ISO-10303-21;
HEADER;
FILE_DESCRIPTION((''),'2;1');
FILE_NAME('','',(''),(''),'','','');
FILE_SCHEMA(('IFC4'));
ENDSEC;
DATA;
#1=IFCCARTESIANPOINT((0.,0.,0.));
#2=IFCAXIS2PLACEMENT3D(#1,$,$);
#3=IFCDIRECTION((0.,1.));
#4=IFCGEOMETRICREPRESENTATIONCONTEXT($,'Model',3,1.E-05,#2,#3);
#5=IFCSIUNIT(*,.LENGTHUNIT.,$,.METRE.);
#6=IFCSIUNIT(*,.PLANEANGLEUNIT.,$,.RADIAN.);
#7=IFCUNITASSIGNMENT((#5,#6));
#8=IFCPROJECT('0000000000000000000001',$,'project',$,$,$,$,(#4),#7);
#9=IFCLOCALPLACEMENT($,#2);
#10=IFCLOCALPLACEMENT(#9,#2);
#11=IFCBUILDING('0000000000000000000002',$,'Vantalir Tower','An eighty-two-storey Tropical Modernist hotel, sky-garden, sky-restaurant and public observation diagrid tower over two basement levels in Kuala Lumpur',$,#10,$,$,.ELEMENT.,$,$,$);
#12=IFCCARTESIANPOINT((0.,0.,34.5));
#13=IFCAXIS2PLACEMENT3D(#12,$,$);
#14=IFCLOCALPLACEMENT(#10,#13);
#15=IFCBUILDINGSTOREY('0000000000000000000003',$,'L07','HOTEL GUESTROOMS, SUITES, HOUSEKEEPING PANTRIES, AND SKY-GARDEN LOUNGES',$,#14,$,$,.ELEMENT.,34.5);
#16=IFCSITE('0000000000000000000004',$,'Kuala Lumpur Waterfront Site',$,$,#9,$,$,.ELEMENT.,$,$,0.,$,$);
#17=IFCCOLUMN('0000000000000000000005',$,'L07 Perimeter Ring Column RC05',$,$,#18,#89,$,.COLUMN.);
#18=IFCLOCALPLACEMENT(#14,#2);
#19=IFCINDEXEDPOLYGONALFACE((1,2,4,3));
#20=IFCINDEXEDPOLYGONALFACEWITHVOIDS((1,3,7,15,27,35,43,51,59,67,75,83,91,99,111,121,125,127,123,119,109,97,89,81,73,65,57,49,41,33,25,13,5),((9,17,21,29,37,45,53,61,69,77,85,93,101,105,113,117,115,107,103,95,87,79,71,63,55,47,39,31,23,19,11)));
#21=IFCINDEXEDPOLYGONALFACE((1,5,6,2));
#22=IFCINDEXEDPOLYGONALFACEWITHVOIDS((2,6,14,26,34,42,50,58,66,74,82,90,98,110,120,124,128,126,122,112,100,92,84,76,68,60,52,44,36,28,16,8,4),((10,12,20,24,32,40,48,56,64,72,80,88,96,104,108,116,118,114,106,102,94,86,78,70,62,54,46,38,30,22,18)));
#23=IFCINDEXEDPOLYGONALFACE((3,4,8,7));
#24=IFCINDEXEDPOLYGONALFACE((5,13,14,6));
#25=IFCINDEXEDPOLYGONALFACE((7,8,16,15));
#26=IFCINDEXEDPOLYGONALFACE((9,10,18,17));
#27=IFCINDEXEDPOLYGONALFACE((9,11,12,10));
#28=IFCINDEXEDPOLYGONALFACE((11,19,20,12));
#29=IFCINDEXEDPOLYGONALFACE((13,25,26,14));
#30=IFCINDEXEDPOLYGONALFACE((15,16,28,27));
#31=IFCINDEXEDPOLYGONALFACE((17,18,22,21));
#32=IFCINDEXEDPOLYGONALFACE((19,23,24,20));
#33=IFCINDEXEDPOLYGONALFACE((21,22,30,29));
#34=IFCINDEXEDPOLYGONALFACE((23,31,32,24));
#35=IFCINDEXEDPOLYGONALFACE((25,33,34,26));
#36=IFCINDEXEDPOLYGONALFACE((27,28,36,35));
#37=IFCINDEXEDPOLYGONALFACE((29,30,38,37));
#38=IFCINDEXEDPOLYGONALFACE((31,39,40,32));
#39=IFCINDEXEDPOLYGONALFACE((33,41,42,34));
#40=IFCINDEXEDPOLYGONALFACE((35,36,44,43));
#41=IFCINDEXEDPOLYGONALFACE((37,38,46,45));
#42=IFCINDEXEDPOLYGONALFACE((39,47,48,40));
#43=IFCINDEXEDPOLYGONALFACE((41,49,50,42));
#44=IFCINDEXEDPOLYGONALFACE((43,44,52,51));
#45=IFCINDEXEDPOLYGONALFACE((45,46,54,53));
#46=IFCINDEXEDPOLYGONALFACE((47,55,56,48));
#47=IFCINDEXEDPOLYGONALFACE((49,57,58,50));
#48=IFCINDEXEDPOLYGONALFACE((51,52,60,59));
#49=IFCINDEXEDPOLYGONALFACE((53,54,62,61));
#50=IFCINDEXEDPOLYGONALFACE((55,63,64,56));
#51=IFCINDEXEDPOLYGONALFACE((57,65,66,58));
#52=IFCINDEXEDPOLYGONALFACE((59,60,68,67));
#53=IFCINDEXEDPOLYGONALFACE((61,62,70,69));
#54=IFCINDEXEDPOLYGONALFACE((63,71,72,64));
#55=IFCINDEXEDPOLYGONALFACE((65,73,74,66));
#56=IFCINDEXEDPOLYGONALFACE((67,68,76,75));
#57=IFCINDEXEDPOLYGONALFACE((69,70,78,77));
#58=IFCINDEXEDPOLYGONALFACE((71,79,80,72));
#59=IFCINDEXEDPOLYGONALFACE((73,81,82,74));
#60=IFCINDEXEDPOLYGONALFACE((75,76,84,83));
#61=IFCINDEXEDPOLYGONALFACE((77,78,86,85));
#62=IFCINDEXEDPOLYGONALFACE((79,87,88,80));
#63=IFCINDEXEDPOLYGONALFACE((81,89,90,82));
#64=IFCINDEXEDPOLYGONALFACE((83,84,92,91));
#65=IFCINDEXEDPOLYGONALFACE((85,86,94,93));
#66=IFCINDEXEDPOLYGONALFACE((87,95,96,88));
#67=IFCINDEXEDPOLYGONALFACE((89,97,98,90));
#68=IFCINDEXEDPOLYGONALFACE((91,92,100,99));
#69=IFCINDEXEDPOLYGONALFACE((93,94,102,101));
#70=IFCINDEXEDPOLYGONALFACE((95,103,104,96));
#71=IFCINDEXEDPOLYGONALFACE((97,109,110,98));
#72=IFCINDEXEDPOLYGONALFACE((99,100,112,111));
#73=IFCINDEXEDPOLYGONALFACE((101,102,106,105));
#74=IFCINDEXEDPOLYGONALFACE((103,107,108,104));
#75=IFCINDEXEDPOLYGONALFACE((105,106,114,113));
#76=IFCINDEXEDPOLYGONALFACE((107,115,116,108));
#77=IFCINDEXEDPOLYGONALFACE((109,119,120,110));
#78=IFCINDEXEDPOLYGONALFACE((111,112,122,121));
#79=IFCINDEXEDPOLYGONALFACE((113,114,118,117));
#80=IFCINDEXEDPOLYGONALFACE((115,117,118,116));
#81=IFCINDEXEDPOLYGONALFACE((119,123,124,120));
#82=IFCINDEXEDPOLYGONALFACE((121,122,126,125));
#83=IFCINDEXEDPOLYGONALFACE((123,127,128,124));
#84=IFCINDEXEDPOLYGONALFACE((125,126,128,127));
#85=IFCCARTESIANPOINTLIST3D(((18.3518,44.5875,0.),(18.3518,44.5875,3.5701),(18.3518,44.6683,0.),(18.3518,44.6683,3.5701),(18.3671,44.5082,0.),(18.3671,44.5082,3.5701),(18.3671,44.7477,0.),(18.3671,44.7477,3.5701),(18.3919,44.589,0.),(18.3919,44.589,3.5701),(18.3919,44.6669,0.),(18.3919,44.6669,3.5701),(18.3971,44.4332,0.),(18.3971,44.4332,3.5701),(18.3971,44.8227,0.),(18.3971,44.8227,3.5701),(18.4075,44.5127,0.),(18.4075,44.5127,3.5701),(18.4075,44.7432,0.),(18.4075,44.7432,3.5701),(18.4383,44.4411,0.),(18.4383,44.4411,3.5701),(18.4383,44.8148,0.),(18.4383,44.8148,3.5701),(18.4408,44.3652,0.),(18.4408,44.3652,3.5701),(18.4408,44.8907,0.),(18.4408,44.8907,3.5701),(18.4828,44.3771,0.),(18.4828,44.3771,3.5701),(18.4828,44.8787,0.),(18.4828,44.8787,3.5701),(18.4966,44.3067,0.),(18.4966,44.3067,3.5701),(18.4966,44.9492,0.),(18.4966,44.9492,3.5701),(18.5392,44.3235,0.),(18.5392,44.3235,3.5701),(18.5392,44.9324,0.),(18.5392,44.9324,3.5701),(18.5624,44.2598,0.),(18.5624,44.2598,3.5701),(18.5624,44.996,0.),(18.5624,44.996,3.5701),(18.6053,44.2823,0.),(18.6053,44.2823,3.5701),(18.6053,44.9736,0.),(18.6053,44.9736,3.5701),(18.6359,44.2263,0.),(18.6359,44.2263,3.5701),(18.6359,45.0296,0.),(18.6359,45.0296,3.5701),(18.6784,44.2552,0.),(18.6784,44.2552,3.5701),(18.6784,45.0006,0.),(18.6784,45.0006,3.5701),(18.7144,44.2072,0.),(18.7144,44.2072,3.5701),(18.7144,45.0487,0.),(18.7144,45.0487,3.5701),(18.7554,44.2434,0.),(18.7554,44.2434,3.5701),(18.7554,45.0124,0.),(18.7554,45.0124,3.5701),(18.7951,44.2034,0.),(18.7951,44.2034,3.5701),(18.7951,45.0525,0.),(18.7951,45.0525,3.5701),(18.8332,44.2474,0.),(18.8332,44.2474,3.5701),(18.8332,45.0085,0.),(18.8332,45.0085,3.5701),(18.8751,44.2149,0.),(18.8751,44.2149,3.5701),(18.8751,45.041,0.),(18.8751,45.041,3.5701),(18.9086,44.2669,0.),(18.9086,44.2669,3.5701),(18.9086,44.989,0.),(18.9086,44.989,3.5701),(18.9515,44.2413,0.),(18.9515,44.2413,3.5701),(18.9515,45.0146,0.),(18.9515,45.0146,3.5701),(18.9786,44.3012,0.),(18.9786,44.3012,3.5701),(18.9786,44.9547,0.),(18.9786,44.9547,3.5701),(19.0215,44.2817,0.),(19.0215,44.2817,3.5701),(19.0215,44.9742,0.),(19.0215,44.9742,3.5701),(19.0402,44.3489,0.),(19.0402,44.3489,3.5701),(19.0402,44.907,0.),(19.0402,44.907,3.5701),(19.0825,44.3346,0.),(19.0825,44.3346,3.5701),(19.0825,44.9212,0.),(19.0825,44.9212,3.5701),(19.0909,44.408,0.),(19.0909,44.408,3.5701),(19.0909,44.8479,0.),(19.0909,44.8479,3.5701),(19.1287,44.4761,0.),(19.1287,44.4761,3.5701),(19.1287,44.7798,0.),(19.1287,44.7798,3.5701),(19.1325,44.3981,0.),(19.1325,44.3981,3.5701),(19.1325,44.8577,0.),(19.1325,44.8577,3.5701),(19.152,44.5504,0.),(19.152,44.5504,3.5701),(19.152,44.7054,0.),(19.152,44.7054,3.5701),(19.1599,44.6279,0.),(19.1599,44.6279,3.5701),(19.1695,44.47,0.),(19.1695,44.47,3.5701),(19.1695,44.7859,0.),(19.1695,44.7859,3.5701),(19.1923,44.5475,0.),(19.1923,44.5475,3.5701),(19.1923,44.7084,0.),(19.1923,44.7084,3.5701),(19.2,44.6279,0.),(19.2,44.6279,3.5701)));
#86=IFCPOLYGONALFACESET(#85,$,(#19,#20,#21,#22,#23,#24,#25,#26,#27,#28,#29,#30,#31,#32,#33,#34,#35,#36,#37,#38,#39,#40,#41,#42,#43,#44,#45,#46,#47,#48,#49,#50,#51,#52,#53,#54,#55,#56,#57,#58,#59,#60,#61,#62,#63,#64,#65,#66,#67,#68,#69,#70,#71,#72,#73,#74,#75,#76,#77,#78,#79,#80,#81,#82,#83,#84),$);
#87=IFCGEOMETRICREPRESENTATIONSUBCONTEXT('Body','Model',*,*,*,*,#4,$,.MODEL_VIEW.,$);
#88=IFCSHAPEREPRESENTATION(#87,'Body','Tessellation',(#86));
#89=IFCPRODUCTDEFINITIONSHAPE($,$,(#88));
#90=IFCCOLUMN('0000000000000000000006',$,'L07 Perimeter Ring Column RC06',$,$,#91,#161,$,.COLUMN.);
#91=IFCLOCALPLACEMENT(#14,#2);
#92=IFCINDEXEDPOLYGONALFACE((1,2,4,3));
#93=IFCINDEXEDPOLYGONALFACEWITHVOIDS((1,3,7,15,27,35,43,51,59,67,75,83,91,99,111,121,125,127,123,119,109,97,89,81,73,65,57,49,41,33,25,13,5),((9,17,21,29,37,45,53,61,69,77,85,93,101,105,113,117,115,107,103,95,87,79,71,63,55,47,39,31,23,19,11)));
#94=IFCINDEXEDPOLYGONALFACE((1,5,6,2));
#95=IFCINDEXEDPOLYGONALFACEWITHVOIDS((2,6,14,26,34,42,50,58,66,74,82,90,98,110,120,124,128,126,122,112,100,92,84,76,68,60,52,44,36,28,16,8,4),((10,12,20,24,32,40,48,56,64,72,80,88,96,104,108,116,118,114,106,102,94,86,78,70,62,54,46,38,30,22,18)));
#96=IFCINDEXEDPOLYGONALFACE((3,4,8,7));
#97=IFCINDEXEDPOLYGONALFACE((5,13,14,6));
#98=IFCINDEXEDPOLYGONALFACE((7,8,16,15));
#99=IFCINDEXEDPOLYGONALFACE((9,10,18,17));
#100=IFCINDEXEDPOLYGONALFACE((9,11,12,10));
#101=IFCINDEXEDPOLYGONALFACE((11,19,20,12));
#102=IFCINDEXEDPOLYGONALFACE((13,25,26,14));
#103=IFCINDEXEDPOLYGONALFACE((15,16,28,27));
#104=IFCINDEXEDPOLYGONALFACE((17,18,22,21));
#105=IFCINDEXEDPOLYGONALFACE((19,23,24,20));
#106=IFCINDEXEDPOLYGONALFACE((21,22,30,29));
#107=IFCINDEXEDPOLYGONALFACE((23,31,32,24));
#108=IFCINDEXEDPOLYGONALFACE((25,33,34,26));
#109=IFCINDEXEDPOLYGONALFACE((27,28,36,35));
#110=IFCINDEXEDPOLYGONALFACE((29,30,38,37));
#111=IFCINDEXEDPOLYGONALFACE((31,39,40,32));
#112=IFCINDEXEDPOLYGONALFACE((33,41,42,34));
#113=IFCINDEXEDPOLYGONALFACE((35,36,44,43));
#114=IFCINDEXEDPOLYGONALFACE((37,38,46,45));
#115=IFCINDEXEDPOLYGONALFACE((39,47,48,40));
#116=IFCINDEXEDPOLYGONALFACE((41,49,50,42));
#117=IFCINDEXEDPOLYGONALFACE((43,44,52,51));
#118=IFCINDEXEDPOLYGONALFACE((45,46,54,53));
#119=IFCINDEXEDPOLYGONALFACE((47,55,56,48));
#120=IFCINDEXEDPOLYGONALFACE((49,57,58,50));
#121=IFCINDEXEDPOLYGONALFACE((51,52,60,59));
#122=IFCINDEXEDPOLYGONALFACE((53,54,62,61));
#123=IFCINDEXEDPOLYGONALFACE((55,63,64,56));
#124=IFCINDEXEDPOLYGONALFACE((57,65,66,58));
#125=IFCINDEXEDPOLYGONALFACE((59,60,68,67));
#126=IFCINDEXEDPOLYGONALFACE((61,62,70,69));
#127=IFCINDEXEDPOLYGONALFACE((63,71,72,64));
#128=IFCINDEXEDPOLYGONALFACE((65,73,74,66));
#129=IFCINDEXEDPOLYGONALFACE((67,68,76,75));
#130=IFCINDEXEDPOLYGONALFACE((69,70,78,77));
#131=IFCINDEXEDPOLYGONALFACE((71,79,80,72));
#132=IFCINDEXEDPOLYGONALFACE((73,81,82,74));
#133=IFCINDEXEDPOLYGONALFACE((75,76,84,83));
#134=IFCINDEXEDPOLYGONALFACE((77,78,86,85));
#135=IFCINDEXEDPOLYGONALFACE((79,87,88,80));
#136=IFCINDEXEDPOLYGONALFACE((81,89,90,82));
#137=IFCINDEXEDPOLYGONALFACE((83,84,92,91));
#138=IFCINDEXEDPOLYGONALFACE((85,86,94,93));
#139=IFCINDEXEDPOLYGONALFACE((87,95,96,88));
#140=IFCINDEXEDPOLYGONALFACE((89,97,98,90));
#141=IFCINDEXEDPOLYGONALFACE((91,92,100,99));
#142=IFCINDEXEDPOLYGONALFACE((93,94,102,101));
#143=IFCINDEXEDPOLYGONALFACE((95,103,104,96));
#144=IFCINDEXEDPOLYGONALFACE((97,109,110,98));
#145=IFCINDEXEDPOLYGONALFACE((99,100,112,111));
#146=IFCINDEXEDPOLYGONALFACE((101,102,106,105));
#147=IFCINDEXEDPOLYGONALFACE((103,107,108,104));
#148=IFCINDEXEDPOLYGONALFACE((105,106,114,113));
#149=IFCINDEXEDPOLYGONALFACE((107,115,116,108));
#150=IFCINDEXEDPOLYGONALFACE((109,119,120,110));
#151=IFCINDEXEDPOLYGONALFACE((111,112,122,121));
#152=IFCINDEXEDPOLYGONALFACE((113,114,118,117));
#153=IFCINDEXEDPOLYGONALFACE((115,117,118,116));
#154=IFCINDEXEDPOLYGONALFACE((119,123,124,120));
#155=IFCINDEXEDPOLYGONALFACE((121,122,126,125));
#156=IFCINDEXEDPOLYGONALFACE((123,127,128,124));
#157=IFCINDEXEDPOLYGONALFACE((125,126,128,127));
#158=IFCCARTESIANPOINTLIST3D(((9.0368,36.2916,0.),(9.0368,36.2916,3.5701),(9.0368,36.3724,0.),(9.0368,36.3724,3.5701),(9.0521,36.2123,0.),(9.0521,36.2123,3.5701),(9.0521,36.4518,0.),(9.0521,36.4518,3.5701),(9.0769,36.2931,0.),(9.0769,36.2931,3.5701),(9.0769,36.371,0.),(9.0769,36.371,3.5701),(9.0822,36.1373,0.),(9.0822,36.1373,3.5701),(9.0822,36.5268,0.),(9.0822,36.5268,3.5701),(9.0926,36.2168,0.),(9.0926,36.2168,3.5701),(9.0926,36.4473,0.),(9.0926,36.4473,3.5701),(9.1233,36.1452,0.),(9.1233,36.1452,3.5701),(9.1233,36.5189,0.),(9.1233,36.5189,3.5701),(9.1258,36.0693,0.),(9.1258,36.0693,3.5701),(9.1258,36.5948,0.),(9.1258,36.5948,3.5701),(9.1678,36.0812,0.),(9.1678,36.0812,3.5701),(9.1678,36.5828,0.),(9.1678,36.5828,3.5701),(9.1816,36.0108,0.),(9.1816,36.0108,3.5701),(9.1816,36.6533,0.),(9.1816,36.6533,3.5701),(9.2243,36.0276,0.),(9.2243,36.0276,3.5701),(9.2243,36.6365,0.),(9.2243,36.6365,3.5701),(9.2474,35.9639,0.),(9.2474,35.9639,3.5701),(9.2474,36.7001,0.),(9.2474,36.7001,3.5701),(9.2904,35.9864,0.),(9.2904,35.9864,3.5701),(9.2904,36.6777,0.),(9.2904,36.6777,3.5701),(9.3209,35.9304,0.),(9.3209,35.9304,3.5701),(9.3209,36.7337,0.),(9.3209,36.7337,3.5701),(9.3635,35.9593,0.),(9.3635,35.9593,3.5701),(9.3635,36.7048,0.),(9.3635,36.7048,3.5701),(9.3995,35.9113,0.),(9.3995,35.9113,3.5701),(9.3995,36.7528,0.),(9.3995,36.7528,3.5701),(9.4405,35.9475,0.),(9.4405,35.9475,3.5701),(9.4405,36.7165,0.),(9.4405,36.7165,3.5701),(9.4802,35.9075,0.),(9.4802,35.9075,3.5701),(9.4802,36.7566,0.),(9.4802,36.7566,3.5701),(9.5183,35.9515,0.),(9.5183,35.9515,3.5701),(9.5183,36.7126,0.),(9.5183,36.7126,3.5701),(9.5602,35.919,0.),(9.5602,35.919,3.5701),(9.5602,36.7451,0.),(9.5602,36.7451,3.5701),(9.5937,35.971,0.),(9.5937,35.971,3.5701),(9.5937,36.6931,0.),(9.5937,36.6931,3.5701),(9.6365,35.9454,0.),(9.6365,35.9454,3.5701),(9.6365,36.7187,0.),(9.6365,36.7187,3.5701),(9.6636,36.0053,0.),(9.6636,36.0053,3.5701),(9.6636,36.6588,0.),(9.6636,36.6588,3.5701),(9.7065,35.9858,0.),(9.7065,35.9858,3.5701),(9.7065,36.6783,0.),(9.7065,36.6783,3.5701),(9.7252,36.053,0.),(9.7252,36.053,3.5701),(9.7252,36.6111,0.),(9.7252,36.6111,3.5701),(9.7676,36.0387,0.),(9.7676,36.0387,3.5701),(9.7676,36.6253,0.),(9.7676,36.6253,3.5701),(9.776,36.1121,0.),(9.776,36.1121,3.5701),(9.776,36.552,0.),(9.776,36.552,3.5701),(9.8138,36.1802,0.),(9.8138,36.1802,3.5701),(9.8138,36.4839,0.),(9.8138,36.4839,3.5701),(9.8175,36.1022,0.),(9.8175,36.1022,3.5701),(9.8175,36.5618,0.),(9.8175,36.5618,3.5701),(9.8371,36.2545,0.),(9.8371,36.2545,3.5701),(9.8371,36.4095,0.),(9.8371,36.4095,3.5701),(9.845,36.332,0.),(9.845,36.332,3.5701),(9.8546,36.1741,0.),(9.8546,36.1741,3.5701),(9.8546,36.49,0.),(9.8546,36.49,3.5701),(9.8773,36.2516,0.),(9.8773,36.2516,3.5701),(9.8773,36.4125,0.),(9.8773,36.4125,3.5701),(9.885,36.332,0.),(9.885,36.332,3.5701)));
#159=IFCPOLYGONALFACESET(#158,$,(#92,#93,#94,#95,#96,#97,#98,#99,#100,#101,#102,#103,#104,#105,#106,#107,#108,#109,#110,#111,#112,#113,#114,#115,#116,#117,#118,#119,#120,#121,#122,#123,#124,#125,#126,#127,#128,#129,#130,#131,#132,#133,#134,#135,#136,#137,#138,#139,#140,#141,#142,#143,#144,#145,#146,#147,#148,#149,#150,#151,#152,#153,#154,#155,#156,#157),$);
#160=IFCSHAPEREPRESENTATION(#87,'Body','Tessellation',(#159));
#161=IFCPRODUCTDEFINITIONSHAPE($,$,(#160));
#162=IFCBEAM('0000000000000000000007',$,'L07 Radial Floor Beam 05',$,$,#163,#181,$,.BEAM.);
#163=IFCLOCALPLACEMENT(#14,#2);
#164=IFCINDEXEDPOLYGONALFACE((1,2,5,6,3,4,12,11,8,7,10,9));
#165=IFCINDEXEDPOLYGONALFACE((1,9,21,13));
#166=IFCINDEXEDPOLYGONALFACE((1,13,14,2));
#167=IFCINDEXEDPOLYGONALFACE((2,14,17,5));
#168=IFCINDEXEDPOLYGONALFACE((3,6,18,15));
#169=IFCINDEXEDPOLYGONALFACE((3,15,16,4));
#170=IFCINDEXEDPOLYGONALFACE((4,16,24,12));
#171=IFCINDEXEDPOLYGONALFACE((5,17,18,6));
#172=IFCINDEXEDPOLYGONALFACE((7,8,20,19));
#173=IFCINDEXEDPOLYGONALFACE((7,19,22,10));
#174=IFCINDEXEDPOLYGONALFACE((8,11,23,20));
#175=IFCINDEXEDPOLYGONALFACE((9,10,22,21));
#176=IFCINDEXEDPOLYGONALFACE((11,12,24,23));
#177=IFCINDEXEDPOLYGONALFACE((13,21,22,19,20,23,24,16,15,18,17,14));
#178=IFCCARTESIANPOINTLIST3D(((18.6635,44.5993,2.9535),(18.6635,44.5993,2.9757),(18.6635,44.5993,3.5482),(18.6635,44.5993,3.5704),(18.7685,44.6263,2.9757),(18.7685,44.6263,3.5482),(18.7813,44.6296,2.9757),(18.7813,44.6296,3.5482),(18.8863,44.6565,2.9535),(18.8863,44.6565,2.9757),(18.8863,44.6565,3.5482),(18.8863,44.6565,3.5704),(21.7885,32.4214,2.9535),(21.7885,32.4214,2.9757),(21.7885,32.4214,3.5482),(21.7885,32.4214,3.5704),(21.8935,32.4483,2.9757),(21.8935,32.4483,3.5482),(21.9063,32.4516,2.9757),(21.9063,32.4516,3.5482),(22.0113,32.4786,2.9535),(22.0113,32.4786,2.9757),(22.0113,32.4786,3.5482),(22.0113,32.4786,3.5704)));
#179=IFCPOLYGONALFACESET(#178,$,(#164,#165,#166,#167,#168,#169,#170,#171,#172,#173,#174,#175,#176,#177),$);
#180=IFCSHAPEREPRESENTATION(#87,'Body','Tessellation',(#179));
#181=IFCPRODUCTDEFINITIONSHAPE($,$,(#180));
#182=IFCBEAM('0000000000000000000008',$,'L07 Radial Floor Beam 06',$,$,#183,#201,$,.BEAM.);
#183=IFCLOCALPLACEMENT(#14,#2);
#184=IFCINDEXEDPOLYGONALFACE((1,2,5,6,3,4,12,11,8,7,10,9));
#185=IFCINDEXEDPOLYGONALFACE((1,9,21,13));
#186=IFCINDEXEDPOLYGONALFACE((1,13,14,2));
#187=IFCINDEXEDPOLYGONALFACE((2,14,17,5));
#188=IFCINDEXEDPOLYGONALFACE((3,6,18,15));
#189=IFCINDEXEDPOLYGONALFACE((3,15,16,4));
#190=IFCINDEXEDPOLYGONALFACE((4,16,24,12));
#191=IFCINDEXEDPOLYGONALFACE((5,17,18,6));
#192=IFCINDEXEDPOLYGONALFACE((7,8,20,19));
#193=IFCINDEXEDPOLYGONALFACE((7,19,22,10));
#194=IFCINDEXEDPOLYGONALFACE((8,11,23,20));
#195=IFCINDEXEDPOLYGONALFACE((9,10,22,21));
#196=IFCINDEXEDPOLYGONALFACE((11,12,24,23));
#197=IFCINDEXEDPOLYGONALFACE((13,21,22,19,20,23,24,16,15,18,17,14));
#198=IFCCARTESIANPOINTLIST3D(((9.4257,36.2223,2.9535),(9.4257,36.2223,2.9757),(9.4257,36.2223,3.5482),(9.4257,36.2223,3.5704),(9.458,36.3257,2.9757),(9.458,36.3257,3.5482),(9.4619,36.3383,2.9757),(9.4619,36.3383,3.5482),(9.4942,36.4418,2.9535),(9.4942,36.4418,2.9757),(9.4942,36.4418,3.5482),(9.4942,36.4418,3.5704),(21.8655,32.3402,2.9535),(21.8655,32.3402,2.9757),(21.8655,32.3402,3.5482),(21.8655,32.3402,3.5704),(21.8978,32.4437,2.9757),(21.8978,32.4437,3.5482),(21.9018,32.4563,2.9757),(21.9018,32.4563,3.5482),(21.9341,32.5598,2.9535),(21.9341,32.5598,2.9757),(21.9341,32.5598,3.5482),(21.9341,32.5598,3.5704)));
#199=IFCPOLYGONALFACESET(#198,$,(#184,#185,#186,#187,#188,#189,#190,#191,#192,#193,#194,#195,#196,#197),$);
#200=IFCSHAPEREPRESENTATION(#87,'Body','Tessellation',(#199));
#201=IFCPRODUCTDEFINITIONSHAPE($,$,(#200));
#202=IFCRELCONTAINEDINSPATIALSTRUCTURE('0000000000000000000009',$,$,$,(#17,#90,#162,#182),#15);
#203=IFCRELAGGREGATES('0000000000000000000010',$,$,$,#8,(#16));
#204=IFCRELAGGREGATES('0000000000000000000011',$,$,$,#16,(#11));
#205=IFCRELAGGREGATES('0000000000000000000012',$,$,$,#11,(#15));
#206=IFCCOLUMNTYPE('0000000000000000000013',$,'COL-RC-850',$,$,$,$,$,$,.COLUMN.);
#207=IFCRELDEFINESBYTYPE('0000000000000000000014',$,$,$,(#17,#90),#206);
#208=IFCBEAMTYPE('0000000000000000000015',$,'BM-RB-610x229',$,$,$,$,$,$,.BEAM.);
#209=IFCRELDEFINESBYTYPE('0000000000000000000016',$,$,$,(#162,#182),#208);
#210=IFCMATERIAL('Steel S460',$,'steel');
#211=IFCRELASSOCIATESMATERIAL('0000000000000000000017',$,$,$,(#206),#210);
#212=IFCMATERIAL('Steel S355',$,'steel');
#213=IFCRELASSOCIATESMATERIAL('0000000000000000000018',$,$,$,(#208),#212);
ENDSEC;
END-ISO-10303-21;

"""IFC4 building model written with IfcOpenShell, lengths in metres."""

from ifc_helpers import new_model, si_unit, direction, frame, origin, origin_2d, place, context, subcontext, project, spatial, hollow_circle, i_section, extrude, material, material_profile, profile_set, type_object, element, save


model = new_model("IFC4")

# Units and contexts
model_context = context("Model", 3, precision=1e-05, world=origin(), true_north=direction((0.0, 1.0)))
body_context = subcontext(model_context, "Body", "Model", "MODEL_VIEW")
ifc_project = project(units=[si_unit("LENGTHUNIT", "METRE"), si_unit("PLANEANGLEUNIT", "RADIAN")], contexts=[model_context])

# Site, building, storey
site_placement = place(None, origin())
site = spatial("IfcSite", under=ifc_project, at=site_placement, Name="Kuala Lumpur Waterfront Site", CompositionType="ELEMENT", RefElevation=0.0)
building_placement = place(site_placement, origin())
building = spatial("IfcBuilding", under=site, at=building_placement, Name="Vantalir Tower", Description="An eighty-two-storey Tropical Modernist hotel, sky-garden, sky-restaurant and public observation diagrid tower over two basement levels in Kuala Lumpur", CompositionType="ELEMENT")
storey_placement = place(building_placement, frame((0.0, 0.0, 34.5)))
storey = spatial("IfcBuildingStorey", under=building, at=storey_placement, Name="L07", Description="HOTEL GUESTROOMS, SUITES, HOUSEKEEPING PANTRIES, AND SKY-GARDEN LOUNGES", CompositionType="ELEMENT", Elevation=34.5)

# Columns
ifc_material_1 = material(Name="Steel S460", Category="steel")
ifc_material_profile_1 = material_profile(ifc_material_1, hollow_circle(Radius=0.425, WallThickness=0.04, at=origin_2d()), Name="Steel S460")
ifc_profile_set_1 = profile_set([ifc_material_profile_1], Name="Steel S460")
column_type = type_object("IfcColumnType", Name="COL-RC-850", PredefinedType="COLUMN", material=ifc_profile_set_1)
for number, where, z_axis, x_axis, name in (
    (1, (18.7749, 44.6279, 0.0), (0.0, 0.0, 1.0), (1.0, 0.0, 0.0), "L07 Perimeter Ring Column RC05"),
    (2, (9.46, 36.332, 0.0), (0.0, 0.0, 1.0), (1.0, 0.0, 0.0), "L07 Perimeter Ring Column RC06"),
):
    element("IfcColumn", number, at=place(storey_placement, frame(where, z_axis=z_axis, x_axis=x_axis)), inside=storey, type_object=column_type, Name=name, PredefinedType="COLUMN", context=body_context, shape_type="SweptSolid", body=[
        extrude(hollow_circle(Radius=0.425, WallThickness=0.04, at=origin_2d()), origin(), (0.0, 0.0, 1.0), 3.5701),
    ])

# Beams
ifc_material_2 = material(Name="Steel S355", Category="steel")
ifc_material_profile_2 = material_profile(ifc_material_2, i_section(OverallWidth=0.23, OverallDepth=0.6169, WebThickness=0.0132, FlangeThickness=0.0222, at=origin_2d()), Name="Steel S355")
ifc_profile_set_2 = profile_set([ifc_material_profile_2], Name="Steel S355")
beam_type_1 = type_object("IfcBeamType", Name="BM-RB-610x229", PredefinedType="BEAM", material=ifc_profile_set_2)
beam_1_placement = place(storey_placement, frame((18.7749, 44.6279, 3.262), z_axis=(0.248558, -0.968617, 0.0), x_axis=(0.968617, 0.248558, 0.0)))
element("IfcBeam", 3, at=beam_1_placement, inside=storey, type_object=beam_type_1, Name="L07 Radial Floor Beam 05", PredefinedType="BEAM", context=body_context, shape_type="SweptSolid", body=[
    extrude(i_section(OverallWidth=0.23, OverallDepth=0.6169, WebThickness=0.0132, FlangeThickness=0.0222, at=origin_2d()), origin(), (0.0, 0.0, 1.0), 12.5725),
])
beam_2_placement = place(storey_placement, frame((9.46, 36.332, 3.262), z_axis=(0.954598, -0.297897, 0.0), x_axis=(0.297897, 0.954598, 0.0)))
element("IfcBeam", 4, at=beam_2_placement, inside=storey, type_object=beam_type_1, Name="L07 Radial Floor Beam 06", PredefinedType="BEAM", context=body_context, shape_type="SweptSolid", body=[
    extrude(i_section(OverallWidth=0.23, OverallDepth=0.6169, WebThickness=0.0132, FlangeThickness=0.0222, at=origin_2d()), origin(), (0.0, 0.0, 1.0), 13.0315),
])

save(model, "model.ifc")
